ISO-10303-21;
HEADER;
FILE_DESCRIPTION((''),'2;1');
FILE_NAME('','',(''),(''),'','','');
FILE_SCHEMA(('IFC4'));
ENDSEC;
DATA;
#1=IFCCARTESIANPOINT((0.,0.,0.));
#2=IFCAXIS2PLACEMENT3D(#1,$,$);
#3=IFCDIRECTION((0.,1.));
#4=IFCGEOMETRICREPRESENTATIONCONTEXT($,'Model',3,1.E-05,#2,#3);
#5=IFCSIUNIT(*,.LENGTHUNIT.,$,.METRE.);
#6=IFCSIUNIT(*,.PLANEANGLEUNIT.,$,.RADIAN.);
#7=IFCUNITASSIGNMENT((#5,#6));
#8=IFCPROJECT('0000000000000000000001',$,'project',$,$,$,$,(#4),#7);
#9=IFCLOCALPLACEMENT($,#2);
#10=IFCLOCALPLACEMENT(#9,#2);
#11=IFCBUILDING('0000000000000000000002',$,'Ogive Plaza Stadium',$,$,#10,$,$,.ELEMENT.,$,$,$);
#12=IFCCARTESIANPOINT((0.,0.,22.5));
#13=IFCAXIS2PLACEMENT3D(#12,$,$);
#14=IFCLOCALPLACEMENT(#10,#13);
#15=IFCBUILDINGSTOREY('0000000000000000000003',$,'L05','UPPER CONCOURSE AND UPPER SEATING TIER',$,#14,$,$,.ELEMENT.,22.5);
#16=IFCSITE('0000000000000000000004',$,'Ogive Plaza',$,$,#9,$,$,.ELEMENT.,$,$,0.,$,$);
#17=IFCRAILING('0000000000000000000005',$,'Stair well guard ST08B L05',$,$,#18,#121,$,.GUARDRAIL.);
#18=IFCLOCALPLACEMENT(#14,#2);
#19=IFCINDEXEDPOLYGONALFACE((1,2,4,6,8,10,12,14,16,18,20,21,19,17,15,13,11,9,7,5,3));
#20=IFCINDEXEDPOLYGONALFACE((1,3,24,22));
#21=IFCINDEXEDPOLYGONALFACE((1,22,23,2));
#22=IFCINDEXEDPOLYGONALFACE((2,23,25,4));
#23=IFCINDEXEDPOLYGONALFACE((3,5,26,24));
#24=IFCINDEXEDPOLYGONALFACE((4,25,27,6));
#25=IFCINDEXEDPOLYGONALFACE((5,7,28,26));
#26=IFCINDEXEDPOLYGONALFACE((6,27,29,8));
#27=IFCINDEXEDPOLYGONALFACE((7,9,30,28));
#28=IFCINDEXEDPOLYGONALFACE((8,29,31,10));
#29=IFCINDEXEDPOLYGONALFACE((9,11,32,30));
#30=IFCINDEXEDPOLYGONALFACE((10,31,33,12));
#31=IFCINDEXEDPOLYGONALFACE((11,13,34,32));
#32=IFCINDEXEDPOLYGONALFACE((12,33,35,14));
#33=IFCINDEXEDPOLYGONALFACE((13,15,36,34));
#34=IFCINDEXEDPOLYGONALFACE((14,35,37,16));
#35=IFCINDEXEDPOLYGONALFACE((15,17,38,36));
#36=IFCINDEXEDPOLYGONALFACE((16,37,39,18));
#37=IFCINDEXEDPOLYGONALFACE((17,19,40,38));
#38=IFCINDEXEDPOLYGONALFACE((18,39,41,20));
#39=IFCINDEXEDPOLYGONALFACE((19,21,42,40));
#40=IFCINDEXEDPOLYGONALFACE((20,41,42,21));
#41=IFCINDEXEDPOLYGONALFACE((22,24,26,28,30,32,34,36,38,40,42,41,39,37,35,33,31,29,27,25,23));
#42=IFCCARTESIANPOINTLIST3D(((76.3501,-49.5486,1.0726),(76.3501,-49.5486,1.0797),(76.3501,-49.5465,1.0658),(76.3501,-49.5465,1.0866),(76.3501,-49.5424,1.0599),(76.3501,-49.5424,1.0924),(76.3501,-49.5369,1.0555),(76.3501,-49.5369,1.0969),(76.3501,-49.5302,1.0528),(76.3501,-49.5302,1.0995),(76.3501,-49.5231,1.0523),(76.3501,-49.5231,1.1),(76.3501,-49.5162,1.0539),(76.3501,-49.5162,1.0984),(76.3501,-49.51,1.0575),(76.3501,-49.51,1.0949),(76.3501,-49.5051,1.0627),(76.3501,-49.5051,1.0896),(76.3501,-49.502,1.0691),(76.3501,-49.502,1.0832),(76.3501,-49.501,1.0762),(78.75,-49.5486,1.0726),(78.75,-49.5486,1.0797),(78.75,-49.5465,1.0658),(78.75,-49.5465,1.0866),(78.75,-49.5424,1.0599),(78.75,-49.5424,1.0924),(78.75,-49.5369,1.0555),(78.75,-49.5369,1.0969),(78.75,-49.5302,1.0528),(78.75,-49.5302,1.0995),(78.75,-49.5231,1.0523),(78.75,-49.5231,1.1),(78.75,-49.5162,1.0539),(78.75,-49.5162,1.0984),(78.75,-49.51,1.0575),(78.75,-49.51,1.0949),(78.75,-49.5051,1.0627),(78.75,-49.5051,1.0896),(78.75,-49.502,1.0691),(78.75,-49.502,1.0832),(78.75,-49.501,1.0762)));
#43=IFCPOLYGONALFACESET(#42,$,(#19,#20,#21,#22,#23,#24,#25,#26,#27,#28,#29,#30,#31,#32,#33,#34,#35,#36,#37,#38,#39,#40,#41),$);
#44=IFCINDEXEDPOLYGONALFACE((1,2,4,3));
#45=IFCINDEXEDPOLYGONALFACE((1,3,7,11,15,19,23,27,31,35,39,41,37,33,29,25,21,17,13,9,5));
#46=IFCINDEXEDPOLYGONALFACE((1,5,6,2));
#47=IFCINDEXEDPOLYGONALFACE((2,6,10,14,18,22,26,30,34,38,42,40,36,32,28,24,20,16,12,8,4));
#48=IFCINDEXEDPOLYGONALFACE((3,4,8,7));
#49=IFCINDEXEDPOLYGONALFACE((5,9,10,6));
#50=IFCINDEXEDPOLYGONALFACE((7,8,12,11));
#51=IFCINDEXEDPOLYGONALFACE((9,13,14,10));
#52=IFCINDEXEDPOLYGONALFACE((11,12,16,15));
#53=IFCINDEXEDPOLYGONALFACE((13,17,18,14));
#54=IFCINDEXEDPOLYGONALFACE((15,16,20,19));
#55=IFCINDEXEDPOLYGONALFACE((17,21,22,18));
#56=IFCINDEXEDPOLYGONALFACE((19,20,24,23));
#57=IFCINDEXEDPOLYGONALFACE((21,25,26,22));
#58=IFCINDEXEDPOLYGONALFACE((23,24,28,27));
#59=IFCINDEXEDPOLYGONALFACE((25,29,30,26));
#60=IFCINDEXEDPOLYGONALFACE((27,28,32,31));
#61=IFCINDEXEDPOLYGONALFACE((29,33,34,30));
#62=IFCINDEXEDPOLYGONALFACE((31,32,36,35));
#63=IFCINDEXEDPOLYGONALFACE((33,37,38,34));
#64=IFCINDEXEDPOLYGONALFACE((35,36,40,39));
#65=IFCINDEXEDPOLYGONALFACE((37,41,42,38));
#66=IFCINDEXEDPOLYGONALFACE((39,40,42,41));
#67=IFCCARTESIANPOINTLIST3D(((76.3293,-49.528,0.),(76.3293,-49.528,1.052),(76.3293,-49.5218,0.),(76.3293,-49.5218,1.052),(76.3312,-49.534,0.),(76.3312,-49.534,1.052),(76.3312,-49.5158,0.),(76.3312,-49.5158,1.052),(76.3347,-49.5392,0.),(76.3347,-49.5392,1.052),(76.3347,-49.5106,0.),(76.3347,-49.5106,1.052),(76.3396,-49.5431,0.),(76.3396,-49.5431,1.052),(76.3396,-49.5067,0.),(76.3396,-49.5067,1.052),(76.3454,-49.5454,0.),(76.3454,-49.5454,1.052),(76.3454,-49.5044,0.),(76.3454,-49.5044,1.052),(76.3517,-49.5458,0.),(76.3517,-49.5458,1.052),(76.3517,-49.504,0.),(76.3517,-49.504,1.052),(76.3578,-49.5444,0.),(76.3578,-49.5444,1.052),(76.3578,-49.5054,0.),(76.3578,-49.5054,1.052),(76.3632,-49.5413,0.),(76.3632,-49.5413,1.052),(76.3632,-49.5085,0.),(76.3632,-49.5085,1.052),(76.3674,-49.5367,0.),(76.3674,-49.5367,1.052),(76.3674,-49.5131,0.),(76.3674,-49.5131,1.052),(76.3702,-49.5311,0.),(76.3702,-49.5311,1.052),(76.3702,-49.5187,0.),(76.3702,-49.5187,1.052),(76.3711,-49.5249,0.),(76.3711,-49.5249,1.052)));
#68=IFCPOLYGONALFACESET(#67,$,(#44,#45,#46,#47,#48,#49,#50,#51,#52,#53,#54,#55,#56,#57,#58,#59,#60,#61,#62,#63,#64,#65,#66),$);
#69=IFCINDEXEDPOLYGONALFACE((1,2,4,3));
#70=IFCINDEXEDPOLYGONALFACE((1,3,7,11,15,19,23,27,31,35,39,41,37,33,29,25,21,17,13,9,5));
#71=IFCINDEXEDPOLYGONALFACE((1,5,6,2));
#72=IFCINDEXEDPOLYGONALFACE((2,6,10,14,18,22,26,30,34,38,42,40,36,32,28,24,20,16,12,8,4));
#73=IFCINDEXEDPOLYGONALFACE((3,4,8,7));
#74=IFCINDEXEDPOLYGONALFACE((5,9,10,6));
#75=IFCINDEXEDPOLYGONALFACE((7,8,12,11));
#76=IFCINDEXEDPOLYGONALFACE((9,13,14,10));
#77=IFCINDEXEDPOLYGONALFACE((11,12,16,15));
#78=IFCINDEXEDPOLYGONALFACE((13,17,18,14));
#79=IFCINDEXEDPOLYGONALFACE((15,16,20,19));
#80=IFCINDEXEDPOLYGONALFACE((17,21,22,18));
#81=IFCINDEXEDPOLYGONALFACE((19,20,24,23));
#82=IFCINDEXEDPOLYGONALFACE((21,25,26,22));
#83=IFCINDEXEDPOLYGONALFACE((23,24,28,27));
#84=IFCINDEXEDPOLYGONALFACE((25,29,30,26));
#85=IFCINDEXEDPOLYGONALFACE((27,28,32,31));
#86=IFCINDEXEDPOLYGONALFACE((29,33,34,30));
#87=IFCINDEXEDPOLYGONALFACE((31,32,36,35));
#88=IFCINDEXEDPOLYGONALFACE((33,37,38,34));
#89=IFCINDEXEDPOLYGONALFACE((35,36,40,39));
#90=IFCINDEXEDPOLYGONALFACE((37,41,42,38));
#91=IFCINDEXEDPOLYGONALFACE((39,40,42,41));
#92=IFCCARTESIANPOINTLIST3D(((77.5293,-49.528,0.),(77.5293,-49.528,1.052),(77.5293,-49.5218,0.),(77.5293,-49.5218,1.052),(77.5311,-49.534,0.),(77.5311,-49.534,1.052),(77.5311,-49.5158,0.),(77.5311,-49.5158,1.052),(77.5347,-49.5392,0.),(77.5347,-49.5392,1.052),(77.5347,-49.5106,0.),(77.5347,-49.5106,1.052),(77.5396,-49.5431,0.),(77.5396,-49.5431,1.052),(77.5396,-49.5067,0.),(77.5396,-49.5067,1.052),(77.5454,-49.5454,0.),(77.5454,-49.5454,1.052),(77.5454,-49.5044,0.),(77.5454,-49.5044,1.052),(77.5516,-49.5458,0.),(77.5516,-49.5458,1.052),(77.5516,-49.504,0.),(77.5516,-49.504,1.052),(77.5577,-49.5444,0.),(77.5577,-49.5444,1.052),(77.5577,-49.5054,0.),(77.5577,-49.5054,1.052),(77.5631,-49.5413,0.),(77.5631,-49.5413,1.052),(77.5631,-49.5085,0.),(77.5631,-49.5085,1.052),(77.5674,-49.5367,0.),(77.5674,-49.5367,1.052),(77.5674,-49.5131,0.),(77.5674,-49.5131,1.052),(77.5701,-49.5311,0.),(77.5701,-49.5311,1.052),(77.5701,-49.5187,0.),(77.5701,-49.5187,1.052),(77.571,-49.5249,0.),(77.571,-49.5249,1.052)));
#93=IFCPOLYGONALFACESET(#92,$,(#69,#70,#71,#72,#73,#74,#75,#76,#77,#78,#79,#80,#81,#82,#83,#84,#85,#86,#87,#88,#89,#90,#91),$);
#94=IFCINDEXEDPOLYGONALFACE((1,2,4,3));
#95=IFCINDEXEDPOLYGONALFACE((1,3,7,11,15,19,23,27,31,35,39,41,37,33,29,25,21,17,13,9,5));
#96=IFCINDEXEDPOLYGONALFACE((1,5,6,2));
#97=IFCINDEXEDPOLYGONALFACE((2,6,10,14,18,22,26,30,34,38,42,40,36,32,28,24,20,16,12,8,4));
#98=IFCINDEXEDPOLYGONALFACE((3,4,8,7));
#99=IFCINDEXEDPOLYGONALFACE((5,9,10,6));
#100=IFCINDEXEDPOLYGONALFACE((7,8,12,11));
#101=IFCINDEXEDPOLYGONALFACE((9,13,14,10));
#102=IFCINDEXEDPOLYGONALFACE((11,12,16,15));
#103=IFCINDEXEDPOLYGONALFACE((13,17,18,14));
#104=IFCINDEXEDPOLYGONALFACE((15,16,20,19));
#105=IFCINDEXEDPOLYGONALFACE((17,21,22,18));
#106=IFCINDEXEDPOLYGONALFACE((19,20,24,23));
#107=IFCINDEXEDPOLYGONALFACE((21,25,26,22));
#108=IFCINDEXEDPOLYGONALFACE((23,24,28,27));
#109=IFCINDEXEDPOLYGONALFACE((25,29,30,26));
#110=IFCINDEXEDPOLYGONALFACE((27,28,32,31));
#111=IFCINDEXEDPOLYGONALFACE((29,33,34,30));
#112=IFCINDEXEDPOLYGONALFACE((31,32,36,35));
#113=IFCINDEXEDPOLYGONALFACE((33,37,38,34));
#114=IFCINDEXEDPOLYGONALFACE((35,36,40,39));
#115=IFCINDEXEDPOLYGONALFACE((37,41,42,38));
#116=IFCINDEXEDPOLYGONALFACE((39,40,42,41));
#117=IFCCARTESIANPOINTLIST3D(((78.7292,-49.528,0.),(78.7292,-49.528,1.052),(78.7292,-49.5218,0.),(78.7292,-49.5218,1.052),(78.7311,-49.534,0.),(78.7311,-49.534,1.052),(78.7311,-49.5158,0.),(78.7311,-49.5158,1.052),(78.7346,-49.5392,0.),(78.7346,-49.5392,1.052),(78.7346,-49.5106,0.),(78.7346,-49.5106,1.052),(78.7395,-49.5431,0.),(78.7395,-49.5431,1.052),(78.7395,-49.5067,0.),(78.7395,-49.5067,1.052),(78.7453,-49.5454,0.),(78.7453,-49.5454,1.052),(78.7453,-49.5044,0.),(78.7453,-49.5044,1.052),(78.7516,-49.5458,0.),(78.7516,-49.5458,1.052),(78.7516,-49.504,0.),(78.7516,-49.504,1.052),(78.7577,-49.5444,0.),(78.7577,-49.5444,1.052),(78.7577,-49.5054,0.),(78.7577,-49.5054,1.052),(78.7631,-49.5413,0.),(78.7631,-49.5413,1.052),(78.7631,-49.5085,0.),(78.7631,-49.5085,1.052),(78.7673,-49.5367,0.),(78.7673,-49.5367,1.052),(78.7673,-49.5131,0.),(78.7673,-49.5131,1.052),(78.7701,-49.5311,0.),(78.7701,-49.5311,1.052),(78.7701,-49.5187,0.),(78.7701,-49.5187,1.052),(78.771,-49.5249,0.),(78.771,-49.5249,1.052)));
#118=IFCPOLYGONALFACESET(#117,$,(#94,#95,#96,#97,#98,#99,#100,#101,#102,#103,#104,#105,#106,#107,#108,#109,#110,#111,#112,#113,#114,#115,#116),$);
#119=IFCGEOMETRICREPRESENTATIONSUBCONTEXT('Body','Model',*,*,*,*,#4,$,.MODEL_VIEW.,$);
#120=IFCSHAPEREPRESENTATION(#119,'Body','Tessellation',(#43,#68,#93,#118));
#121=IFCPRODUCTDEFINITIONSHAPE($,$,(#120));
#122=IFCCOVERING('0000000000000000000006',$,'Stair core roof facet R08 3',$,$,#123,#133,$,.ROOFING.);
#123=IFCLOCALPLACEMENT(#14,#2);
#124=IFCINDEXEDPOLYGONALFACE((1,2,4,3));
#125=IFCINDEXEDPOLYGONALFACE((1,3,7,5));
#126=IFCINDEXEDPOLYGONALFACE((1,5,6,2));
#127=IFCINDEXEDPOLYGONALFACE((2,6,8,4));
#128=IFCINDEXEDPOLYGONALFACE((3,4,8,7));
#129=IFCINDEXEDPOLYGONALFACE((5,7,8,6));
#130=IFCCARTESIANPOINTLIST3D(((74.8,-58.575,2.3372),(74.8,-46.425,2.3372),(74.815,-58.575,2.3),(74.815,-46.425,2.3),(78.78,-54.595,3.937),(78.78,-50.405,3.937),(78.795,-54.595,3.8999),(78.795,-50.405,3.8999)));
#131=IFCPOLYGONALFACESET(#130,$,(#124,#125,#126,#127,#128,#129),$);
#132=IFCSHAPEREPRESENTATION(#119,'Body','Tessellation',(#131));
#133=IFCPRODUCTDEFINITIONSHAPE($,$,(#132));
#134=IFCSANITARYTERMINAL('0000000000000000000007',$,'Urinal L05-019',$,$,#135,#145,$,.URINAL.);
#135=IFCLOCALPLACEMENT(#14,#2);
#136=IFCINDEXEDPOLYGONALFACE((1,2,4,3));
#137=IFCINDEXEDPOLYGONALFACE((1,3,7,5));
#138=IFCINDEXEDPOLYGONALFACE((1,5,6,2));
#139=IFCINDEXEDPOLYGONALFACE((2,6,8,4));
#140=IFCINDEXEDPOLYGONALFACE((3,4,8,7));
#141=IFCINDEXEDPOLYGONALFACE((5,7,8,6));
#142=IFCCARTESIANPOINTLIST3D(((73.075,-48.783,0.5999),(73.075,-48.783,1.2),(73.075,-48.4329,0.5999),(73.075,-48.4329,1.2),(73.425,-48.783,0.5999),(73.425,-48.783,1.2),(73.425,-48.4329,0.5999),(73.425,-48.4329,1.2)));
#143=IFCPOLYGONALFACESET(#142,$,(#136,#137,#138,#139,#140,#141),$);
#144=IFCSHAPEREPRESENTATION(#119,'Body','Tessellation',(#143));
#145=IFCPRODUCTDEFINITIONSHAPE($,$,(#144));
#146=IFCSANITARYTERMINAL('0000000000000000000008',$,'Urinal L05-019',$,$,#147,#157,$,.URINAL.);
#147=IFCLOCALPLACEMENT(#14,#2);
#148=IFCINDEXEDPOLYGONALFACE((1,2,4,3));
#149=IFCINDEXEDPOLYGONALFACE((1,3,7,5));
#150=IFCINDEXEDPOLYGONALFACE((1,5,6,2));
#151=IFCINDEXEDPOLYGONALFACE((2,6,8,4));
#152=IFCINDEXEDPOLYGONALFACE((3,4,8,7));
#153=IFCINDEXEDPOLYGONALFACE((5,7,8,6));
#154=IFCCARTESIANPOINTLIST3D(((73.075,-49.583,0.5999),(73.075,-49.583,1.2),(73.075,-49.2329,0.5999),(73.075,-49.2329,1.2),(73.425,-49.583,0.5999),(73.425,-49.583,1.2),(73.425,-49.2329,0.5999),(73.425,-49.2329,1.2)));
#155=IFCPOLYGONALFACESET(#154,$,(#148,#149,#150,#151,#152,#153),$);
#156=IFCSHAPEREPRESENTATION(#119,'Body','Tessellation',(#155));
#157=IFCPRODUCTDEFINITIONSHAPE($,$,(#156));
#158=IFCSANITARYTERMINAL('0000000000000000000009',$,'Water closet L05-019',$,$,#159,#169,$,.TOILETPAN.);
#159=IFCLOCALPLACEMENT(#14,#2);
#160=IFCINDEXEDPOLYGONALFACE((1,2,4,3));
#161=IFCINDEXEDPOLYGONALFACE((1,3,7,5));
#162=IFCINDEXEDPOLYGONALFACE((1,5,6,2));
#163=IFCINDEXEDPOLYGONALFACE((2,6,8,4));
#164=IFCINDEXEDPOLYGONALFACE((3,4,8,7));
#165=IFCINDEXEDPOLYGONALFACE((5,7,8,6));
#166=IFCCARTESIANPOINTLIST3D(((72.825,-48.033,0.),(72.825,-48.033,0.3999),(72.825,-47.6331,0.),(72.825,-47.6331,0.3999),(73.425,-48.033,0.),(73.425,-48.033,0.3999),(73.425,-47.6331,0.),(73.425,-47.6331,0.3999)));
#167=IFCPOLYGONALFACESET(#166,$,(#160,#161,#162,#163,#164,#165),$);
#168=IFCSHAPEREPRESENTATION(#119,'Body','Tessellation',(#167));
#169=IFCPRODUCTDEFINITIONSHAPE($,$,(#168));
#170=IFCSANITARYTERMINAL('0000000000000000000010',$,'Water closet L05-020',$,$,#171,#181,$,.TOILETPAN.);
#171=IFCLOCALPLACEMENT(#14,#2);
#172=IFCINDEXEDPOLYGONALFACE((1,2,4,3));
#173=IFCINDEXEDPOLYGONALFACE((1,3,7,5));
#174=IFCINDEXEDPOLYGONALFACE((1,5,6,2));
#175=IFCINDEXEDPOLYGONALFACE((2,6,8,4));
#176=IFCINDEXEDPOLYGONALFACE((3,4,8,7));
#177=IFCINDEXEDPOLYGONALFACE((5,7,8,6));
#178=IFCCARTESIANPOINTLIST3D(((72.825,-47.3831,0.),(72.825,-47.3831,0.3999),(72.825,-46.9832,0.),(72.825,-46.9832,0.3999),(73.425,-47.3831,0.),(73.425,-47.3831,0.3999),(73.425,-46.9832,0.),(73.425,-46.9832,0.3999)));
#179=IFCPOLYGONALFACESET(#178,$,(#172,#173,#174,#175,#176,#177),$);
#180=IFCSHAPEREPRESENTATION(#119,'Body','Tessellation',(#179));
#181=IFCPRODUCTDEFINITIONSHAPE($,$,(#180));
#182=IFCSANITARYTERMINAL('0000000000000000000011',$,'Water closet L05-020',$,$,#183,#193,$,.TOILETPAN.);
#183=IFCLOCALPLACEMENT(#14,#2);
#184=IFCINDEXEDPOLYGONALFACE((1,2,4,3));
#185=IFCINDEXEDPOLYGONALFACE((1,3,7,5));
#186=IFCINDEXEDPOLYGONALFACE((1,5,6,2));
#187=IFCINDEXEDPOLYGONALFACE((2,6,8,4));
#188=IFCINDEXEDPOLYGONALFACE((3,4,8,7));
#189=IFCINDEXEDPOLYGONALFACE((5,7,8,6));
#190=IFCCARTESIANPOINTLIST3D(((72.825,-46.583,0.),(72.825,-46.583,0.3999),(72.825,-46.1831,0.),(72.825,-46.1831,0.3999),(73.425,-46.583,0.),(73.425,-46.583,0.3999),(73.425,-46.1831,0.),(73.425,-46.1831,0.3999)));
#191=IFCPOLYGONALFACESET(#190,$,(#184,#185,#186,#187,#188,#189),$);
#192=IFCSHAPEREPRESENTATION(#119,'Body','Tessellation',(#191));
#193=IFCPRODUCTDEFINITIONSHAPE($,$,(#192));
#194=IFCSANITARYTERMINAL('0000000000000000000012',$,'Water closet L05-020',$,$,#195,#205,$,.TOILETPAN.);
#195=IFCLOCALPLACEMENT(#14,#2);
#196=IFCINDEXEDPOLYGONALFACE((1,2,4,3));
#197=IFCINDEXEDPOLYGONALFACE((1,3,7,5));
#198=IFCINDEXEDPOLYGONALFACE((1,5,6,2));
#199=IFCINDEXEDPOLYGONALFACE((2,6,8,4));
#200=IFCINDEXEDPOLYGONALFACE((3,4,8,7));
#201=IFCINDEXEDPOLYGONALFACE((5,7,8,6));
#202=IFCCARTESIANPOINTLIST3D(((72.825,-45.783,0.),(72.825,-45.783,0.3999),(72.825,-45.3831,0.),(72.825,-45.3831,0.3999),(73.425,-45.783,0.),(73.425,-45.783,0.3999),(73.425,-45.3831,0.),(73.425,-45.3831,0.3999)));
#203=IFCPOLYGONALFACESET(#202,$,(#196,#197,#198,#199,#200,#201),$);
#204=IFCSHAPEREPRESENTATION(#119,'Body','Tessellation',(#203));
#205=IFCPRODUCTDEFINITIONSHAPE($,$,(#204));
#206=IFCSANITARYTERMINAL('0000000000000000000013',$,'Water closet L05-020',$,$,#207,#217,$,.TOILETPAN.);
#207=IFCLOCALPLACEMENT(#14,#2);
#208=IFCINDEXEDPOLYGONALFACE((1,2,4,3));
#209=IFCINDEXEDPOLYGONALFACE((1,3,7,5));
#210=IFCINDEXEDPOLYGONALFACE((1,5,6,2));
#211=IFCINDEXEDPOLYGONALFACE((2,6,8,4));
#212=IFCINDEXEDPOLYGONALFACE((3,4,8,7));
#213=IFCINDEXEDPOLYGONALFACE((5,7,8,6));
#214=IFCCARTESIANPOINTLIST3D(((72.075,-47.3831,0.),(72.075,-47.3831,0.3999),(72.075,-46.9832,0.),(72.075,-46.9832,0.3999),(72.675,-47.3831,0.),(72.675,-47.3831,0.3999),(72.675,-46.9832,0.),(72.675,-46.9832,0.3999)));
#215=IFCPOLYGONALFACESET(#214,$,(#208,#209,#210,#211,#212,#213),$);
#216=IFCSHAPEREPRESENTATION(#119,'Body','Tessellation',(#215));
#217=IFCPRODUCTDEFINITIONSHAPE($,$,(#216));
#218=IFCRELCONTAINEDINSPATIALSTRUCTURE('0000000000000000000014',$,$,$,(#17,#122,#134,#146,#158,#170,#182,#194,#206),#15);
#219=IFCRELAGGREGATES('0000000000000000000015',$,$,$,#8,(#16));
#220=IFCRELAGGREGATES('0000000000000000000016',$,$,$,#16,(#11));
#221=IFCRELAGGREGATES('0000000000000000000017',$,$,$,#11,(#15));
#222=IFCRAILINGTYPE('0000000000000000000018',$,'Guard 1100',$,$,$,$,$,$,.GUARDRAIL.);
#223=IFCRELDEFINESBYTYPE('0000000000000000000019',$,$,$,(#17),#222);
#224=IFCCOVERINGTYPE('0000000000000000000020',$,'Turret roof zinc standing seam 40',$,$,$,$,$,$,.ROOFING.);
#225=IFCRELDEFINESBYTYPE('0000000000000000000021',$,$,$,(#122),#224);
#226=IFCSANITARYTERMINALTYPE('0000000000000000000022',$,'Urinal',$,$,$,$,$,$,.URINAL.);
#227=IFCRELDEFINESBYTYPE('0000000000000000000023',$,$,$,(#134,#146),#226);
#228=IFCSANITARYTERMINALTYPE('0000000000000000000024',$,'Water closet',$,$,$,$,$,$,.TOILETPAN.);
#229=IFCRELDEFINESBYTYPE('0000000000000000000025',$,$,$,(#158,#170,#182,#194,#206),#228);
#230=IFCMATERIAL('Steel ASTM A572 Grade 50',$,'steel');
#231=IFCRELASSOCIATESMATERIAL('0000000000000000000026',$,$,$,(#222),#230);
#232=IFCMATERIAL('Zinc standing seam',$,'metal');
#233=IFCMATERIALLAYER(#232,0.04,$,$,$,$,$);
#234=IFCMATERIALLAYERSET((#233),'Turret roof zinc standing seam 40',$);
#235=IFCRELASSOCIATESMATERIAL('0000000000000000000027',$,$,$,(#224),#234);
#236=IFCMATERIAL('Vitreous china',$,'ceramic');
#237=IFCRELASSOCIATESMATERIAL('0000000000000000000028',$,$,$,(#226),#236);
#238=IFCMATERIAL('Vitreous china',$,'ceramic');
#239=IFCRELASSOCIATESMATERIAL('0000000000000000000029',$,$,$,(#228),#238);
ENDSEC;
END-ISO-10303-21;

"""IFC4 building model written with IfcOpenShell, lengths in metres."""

from ifc_helpers import new_model, si_unit, direction, frame, origin, origin_2d, place, context, subcontext, project, spatial, polyline, rectangle, circle, outline, extrude, material, layer, layer_set, type_object, element, save


model = new_model("IFC4")

# Units and contexts
model_context = context("Model", 3, precision=1e-05, world=origin(), true_north=direction((0.0, 1.0)))
body_context = subcontext(model_context, "Body", "Model", "MODEL_VIEW")
ifc_project = project(units=[si_unit("LENGTHUNIT", "METRE"), si_unit("PLANEANGLEUNIT", "RADIAN")], contexts=[model_context])

# Site, building, storey
site_placement = place(None, origin())
site = spatial("IfcSite", under=ifc_project, at=site_placement, Name="Ogive Plaza", CompositionType="ELEMENT", RefElevation=0.0)
building_placement = place(site_placement, origin())
building = spatial("IfcBuilding", under=site, at=building_placement, Name="Ogive Plaza Stadium", CompositionType="ELEMENT")
storey_placement = place(building_placement, frame((0.0, 0.0, 22.5)))
storey = spatial("IfcBuildingStorey", under=building, at=storey_placement, Name="L05", Description="UPPER CONCOURSE AND UPPER SEATING TIER", CompositionType="ELEMENT", Elevation=22.5)

# Railing
ifc_material_1 = material(Name="Steel ASTM A572 Grade 50", Category="steel")
railing_type = type_object("IfcRailingType", Name="Guard 1100", PredefinedType="GUARDRAIL", material=ifc_material_1)
railing_placement = place(storey_placement, frame((76.3501, -49.5249, 0.0)))
element("IfcRailing", 1, at=railing_placement, inside=storey, type_object=railing_type, Name="Stair well guard ST08B L05", PredefinedType="GUARDRAIL", context=body_context, shape_type="SweptSolid", body=[
    extrude(circle(Radius=0.0239, at=origin_2d()), frame((0.0, 0.0, 1.0762), z_axis=(1.0, 0.0, 0.0), x_axis=(0.0, 1.0, 0.0)), (0.0, 0.0, 1.0), 2.3999),
    extrude(circle(Radius=0.021, at=origin_2d()), origin(), (0.0, 0.0, 1.0), 1.052),
    extrude(circle(Radius=0.021, at=origin_2d()), frame((1.2, 0.0, 0.0)), (0.0, 0.0, 1.0), 1.052),
    extrude(circle(Radius=0.021, at=origin_2d()), frame((2.3999, 0.0, 0.0)), (0.0, 0.0, 1.0), 1.052),
])

# Covering
ifc_material_2 = material(Name="Zinc standing seam", Category="metal")
ifc_layer_1 = layer(ifc_material_2, 0.04)
ifc_layer_set_1 = layer_set([ifc_layer_1], Name="Turret roof zinc standing seam 40")
covering_type = type_object("IfcCoveringType", Name="Turret roof zinc standing seam 40", PredefinedType="ROOFING", material=ifc_layer_set_1)
covering_placement = place(storey_placement, frame((74.8, -46.425, 2.3372), z_axis=(-0.37297, 0.0, 0.927843), x_axis=(0.0, -1.0, 0.0)))
element("IfcCovering", 2, at=covering_placement, inside=storey, type_object=covering_type, Name="Stair core roof facet R08 3", PredefinedType="ROOFING", context=body_context, shape_type="SweptSolid", body=[
    extrude(outline(polyline([(0.0, 0.0), (12.1499, 0.0), (8.1699, 4.2895), (3.98, 4.2895), (0.0, 0.0)])), origin(), (0.0, 0.0, -1.0), 0.04),
])

# Sanitary terminals
ifc_material_3 = material(Name="Vitreous china", Category="ceramic")
sanitary_terminal_type_1 = type_object("IfcSanitaryTerminalType", Name="Urinal", PredefinedType="URINAL", material=ifc_material_3)
for number, where, z_axis, x_axis, name in (
    (3, (73.25, -48.6079, 0.5999), (0.0, 0.0, 1.0), (0.0, -1.0, 0.0), "Urinal L05-019"),
    (4, (73.25, -49.408, 0.5999), (0.0, 0.0, 1.0), (0.0, -1.0, 0.0), "Urinal L05-019"),
):
    element("IfcSanitaryTerminal", number, at=place(storey_placement, frame(where, z_axis=z_axis, x_axis=x_axis)), inside=storey, type_object=sanitary_terminal_type_1, Name=name, PredefinedType="URINAL", context=body_context, shape_type="SweptSolid", body=[
        extrude(rectangle(XDim=0.3501, YDim=0.3501, at=origin_2d()), origin(), (0.0, 0.0, 1.0), 0.6001),
    ])
ifc_material_4 = material(Name="Vitreous china", Category="ceramic")
sanitary_terminal_type_2 = type_object("IfcSanitaryTerminalType", Name="Water closet", PredefinedType="TOILETPAN", material=ifc_material_4)
for number, where, z_axis, x_axis, name in (
    (5, (73.125, -47.833, 0.0), (0.0, 0.0, 1.0), (0.0, -1.0, 0.0), "Water closet L05-019"),
    (6, (73.125, -47.1831, 0.0), (0.0, 0.0, 1.0), (0.0, 1.0, 0.0), "Water closet L05-020"),
    (7, (73.125, -46.3831, 0.0), (0.0, 0.0, 1.0), (0.0, 1.0, 0.0), "Water closet L05-020"),
    (8, (73.125, -45.583, 0.0), (0.0, 0.0, 1.0), (0.0, 1.0, 0.0), "Water closet L05-020"),
    (9, (72.375, -47.1831, 0.0), (0.0, 0.0, 1.0), (0.0, 1.0, 0.0), "Water closet L05-020"),
):
    element("IfcSanitaryTerminal", number, at=place(storey_placement, frame(where, z_axis=z_axis, x_axis=x_axis)), inside=storey, type_object=sanitary_terminal_type_2, Name=name, PredefinedType="TOILETPAN", context=body_context, shape_type="SweptSolid", body=[
        extrude(rectangle(XDim=0.3999, YDim=0.6001, at=origin_2d()), origin(), (0.0, 0.0, 1.0), 0.3999),
    ])

save(model, "model.ifc")
